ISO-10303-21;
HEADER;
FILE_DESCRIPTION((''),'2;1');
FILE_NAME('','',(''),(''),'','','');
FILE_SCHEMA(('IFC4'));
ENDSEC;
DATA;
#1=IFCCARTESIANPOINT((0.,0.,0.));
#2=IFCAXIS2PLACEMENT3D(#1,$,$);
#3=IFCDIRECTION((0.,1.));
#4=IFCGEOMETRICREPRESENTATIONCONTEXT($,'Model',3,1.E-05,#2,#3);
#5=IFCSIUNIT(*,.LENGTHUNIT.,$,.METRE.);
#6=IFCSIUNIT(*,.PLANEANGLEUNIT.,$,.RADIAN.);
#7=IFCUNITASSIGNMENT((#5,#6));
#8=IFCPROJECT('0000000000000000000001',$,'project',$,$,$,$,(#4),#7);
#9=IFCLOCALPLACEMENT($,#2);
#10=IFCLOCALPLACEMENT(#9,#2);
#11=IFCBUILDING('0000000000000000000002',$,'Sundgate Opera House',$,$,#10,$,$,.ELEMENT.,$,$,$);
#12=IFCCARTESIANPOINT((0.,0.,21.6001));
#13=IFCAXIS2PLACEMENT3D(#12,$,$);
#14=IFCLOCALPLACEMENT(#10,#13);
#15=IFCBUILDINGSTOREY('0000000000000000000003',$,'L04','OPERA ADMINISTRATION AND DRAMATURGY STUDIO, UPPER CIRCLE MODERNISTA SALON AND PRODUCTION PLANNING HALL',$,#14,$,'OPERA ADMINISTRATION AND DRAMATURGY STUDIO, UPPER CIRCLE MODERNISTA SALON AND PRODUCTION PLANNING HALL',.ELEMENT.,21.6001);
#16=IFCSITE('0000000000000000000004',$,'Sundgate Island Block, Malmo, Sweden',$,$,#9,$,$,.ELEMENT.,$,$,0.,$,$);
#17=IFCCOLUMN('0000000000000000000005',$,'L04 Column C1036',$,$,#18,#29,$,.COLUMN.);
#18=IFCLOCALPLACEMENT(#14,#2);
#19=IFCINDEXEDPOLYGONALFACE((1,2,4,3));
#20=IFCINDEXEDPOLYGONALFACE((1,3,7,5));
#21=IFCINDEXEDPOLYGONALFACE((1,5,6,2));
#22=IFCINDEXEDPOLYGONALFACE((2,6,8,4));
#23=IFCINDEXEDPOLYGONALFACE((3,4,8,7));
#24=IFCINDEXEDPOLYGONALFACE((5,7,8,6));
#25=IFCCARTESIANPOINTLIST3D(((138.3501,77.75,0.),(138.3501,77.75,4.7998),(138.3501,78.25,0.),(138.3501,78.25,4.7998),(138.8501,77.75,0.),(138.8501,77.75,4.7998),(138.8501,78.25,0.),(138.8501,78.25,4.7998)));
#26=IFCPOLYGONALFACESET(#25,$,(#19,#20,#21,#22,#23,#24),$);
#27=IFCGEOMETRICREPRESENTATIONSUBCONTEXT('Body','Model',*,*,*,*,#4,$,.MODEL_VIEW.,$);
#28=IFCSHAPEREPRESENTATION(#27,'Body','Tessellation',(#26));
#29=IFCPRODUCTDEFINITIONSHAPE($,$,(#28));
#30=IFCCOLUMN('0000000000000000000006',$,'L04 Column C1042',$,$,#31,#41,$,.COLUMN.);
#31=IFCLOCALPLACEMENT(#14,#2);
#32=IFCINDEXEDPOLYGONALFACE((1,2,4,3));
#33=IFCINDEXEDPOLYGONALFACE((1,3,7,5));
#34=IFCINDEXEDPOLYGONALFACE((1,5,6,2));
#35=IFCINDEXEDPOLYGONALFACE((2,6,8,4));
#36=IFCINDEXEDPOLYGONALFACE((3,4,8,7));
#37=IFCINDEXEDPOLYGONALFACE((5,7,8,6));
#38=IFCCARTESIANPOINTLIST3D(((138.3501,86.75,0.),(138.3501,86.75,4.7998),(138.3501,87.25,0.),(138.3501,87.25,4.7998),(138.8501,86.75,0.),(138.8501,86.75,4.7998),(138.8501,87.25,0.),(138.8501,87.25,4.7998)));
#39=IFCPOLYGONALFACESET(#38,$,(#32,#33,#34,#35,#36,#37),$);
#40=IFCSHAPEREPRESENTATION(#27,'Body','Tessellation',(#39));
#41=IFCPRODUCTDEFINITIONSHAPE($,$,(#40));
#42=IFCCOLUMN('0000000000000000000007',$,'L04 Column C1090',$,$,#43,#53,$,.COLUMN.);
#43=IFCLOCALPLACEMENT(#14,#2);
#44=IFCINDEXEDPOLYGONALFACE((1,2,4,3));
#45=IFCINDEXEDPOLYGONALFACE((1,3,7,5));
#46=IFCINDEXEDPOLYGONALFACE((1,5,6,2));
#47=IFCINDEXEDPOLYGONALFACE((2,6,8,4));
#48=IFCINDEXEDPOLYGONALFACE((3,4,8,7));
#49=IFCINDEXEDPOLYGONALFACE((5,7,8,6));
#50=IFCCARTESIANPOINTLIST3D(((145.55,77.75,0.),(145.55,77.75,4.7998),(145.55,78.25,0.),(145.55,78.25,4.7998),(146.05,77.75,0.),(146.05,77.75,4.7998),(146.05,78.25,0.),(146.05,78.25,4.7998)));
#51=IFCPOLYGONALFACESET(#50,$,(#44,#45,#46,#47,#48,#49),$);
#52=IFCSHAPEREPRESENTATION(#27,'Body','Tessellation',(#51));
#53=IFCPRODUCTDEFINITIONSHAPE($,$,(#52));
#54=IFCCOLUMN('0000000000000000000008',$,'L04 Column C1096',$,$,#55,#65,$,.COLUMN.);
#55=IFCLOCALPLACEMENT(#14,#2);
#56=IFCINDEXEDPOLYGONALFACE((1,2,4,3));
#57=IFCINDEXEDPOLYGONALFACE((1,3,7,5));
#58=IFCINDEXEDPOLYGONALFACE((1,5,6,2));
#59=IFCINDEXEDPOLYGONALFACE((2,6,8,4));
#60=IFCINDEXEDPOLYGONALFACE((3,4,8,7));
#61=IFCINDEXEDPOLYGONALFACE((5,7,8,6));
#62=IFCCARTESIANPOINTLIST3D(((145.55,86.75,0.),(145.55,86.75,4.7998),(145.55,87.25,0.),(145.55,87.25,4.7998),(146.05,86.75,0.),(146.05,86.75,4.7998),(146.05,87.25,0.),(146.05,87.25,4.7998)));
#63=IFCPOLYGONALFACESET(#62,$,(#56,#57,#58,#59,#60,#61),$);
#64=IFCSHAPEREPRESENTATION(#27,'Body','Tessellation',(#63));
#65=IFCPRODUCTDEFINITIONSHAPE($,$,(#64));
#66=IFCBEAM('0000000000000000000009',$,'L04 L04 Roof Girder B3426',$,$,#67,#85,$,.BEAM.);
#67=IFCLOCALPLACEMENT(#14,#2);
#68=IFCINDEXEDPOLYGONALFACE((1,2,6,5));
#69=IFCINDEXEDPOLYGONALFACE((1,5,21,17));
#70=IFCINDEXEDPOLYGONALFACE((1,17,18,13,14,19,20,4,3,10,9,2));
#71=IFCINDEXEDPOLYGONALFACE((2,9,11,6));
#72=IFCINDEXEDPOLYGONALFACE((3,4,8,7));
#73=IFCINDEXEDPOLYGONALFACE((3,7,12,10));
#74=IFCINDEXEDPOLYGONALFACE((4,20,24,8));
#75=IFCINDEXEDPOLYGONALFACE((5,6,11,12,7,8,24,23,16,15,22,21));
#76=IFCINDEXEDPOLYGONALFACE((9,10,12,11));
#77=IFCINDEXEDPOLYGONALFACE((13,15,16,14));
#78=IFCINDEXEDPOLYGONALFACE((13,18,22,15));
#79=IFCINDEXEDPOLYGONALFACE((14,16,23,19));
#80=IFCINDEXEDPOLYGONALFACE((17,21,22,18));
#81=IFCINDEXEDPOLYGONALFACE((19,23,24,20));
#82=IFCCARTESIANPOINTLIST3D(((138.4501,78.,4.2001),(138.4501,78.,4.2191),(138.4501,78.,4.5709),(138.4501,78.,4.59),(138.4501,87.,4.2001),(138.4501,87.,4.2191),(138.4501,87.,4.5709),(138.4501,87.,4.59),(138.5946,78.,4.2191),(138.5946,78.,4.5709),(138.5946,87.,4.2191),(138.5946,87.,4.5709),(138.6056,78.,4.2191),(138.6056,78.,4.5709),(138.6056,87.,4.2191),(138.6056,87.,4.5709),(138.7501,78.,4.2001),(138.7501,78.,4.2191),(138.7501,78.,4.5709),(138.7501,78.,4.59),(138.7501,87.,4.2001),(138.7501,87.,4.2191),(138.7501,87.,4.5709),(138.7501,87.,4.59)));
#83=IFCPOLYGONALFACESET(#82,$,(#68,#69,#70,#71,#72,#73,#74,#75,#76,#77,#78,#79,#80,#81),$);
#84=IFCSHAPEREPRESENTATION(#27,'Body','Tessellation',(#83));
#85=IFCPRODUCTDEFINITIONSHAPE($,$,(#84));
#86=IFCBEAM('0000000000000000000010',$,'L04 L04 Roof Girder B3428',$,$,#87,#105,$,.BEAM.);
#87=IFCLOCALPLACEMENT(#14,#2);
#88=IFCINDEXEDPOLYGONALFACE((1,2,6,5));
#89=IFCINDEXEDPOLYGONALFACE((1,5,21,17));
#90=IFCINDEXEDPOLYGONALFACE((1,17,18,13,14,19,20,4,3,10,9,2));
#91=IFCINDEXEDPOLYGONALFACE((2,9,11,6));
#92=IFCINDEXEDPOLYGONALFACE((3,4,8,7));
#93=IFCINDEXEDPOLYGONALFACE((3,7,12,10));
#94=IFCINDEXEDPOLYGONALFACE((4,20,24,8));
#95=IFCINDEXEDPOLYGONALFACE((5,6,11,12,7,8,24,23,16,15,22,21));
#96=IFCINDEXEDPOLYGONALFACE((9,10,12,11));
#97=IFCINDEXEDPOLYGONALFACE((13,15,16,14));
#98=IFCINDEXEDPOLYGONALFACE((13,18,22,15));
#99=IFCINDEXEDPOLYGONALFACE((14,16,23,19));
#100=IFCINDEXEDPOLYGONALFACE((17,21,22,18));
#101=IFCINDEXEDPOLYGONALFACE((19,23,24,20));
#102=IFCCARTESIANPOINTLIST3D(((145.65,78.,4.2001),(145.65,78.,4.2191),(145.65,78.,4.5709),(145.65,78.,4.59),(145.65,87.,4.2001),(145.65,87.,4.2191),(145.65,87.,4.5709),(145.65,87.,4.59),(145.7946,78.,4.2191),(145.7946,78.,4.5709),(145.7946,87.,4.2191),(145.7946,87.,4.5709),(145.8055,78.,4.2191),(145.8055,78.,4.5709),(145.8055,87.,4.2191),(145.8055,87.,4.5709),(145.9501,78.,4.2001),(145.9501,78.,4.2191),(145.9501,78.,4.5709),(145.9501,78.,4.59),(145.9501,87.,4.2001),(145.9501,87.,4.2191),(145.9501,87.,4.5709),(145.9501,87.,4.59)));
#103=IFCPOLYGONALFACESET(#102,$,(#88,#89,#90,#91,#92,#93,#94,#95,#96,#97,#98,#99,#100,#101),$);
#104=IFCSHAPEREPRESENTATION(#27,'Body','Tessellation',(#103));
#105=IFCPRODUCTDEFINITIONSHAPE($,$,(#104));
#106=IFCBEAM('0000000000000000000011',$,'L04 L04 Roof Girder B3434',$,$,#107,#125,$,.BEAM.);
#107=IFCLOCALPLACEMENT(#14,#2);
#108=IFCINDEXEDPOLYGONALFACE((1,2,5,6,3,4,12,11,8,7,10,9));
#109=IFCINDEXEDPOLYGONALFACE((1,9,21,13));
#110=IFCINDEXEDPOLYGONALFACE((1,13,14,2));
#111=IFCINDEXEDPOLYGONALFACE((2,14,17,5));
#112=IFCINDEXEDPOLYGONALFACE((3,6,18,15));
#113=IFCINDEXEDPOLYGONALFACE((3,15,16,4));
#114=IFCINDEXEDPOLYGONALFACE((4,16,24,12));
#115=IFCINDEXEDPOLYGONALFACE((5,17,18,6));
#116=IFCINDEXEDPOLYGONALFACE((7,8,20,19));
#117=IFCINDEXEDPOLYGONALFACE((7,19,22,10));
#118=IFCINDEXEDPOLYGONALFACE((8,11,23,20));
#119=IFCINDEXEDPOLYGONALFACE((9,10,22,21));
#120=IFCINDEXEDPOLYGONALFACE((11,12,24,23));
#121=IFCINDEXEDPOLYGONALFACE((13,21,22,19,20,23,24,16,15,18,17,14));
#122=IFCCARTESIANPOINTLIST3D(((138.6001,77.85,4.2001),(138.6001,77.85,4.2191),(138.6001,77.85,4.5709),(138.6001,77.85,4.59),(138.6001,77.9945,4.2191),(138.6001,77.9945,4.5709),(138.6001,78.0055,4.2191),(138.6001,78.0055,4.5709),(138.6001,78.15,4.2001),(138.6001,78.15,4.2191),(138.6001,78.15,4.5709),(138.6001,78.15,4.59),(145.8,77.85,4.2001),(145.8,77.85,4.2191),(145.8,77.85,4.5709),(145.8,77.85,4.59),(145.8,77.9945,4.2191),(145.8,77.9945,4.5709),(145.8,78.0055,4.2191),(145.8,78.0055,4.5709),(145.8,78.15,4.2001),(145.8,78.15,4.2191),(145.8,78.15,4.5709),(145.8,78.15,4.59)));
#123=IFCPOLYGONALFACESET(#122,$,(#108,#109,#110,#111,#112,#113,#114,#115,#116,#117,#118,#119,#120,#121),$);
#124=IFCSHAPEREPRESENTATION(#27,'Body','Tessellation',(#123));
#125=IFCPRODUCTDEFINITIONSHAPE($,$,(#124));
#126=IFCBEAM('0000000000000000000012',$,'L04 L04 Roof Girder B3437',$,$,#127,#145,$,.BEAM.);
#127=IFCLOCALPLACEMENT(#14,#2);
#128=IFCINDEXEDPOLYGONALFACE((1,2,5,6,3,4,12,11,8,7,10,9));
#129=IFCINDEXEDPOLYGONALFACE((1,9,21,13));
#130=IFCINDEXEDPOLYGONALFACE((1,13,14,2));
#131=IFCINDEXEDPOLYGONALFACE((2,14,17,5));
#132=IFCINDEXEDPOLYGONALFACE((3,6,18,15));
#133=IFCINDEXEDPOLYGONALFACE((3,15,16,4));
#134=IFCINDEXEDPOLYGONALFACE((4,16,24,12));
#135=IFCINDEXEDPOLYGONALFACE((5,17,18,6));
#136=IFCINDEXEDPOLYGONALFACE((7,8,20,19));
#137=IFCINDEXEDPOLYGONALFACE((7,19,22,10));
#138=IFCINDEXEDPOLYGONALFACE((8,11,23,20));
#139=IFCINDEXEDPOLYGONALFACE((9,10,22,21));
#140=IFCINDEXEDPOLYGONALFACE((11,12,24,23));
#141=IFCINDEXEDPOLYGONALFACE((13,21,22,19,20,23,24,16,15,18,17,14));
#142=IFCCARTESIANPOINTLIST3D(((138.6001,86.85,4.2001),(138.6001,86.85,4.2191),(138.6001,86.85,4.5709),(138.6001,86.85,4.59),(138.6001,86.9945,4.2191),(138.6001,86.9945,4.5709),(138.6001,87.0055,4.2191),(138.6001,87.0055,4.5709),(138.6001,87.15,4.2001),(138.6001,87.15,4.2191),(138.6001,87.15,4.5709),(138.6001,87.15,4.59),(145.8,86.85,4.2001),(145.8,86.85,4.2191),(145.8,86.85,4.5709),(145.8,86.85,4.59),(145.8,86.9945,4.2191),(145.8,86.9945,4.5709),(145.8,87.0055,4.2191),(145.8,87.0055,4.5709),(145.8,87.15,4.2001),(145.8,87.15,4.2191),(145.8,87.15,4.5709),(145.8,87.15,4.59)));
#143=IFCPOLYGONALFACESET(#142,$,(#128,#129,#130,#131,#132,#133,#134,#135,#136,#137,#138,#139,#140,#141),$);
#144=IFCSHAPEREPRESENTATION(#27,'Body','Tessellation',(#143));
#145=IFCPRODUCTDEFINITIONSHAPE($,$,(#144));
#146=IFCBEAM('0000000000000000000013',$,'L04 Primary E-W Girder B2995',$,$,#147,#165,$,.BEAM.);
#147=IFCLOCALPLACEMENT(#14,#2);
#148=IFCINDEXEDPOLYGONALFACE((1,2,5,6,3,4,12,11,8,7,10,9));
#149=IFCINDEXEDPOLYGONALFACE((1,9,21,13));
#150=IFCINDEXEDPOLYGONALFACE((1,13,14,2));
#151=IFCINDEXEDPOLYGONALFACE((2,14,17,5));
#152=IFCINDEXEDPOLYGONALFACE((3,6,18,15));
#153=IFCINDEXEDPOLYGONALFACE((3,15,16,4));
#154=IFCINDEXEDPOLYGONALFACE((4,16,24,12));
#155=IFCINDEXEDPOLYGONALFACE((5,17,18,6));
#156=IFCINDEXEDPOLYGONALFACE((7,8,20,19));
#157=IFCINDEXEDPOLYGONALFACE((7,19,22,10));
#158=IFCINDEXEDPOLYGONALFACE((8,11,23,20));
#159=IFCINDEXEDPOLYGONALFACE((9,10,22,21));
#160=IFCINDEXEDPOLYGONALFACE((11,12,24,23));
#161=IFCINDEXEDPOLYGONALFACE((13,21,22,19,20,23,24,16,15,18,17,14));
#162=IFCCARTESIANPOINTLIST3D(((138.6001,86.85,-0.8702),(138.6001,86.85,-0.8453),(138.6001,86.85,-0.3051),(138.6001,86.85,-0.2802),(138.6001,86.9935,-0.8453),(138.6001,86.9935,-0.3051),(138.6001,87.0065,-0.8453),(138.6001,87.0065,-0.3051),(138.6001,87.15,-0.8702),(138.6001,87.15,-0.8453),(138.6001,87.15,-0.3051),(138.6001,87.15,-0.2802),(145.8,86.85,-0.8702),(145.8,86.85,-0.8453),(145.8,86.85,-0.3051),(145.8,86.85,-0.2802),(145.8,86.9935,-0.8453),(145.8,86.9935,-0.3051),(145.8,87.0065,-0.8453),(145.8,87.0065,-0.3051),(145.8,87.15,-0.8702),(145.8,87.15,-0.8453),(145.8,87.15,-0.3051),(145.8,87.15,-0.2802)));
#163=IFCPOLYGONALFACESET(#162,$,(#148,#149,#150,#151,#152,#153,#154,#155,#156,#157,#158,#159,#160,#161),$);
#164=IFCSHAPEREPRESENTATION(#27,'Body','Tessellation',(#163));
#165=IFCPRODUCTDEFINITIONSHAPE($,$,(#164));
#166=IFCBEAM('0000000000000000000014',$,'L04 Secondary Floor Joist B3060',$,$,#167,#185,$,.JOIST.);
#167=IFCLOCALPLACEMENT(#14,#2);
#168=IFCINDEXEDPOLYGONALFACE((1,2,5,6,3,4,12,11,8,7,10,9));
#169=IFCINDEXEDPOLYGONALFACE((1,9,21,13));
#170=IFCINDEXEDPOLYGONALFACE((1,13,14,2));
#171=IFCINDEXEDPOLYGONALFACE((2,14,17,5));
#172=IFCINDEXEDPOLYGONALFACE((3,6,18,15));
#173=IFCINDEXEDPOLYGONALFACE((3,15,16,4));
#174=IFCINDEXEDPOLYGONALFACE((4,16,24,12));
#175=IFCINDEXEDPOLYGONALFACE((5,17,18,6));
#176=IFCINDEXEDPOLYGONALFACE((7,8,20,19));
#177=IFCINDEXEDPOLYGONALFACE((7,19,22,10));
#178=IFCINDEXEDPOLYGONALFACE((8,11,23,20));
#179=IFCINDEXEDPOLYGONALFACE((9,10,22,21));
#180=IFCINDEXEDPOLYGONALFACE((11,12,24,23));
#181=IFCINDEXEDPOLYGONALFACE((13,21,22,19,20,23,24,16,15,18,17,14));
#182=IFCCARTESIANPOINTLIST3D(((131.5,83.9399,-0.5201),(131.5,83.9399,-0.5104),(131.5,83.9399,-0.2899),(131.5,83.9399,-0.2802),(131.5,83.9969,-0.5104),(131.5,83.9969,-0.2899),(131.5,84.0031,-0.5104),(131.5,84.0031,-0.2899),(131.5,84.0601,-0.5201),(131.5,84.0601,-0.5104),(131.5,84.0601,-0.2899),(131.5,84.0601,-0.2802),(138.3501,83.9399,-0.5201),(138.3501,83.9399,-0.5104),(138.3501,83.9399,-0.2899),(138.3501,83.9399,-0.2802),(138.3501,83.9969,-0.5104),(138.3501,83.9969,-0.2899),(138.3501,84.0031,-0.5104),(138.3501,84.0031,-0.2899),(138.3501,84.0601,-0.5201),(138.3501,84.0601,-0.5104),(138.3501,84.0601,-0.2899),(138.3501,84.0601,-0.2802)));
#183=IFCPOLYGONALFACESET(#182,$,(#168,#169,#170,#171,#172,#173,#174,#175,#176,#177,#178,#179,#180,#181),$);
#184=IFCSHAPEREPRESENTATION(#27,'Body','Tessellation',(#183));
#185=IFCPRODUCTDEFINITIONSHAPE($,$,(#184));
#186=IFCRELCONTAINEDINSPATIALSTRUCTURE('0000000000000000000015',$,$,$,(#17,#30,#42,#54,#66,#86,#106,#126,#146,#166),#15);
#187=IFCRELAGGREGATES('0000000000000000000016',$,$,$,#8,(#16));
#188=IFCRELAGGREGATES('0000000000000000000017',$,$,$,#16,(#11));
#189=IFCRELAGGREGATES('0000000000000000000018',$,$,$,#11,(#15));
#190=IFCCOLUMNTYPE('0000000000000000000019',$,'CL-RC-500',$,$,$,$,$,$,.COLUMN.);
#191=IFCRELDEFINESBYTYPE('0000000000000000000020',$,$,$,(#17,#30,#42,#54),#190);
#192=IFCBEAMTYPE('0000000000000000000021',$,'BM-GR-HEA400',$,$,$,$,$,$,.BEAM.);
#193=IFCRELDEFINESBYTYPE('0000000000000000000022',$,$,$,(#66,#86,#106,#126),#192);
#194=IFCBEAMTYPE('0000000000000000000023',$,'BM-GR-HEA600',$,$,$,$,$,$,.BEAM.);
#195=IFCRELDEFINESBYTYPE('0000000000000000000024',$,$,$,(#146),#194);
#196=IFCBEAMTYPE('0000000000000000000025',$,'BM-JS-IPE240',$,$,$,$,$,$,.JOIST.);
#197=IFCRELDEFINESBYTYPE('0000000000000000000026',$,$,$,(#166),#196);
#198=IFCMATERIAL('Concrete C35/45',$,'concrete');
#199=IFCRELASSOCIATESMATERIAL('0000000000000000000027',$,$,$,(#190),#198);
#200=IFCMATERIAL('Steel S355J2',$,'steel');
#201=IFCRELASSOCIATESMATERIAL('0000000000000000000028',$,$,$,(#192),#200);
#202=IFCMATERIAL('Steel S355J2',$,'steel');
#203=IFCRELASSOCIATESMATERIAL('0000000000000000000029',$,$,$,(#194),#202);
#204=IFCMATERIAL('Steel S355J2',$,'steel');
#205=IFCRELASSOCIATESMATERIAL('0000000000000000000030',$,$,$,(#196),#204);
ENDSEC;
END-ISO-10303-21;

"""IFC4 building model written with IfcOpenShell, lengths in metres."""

from ifc_helpers import new_model, si_unit, direction, frame, origin, origin_2d, place, context, subcontext, project, spatial, rectangle, i_section, extrude, material, material_profile, profile_set, type_object, element, save


model = new_model("IFC4")

# Units and contexts
model_context = context("Model", 3, precision=1e-05, world=origin(), true_north=direction((0.0, 1.0)))
body_context = subcontext(model_context, "Body", "Model", "MODEL_VIEW")
ifc_project = project(units=[si_unit("LENGTHUNIT", "METRE"), si_unit("PLANEANGLEUNIT", "RADIAN")], contexts=[model_context])

# Site, building, storey
site_placement = place(None, origin())
site = spatial("IfcSite", under=ifc_project, at=site_placement, Name="Sundgate Island Block, Malmo, Sweden", CompositionType="ELEMENT", RefElevation=0.0)
building_placement = place(site_placement, origin())
building = spatial("IfcBuilding", under=site, at=building_placement, Name="Sundgate Opera House", CompositionType="ELEMENT")
storey_placement = place(building_placement, frame((0.0, 0.0, 21.6001)))
storey = spatial("IfcBuildingStorey", under=building, at=storey_placement, Name="L04", Description="OPERA ADMINISTRATION AND DRAMATURGY STUDIO, UPPER CIRCLE MODERNISTA SALON AND PRODUCTION PLANNING HALL", LongName="OPERA ADMINISTRATION AND DRAMATURGY STUDIO, UPPER CIRCLE MODERNISTA SALON AND PRODUCTION PLANNING HALL", CompositionType="ELEMENT", Elevation=21.6001)

# Columns
ifc_material_1 = material(Name="Concrete C35/45", Category="concrete")
ifc_material_profile_1 = material_profile(ifc_material_1, rectangle(XDim=0.5, YDim=0.5, at=origin_2d()), Name="RC 500x500")
ifc_profile_set_1 = profile_set([ifc_material_profile_1], Name="Concrete C35/45")
column_type = type_object("IfcColumnType", Name="CL-RC-500", PredefinedType="COLUMN", material=ifc_profile_set_1)
for number, where, z_axis, x_axis, name in (
    (1, (138.6001, 78.0, 0.0), (0.0, 0.0, 1.0), (1.0, 0.0, 0.0), "L04 Column C1036"),
    (2, (138.6001, 87.0, 0.0), (0.0, 0.0, 1.0), (1.0, 0.0, 0.0), "L04 Column C1042"),
    (3, (145.8, 78.0, 0.0), (0.0, 0.0, 1.0), (1.0, 0.0, 0.0), "L04 Column C1090"),
    (4, (145.8, 87.0, 0.0), (0.0, 0.0, 1.0), (1.0, 0.0, 0.0), "L04 Column C1096"),
):
    element("IfcColumn", number, at=place(storey_placement, frame(where, z_axis=z_axis, x_axis=x_axis)), inside=storey, type_object=column_type, Name=name, PredefinedType="COLUMN", context=body_context, shape_type="SweptSolid", body=[
        extrude(rectangle(XDim=0.5, YDim=0.5, at=origin_2d()), origin(), (0.0, 0.0, 1.0), 4.7998),
    ])

# Beams
ifc_material_2 = material(Name="Steel S355J2", Category="steel")
ifc_material_profile_2 = material_profile(ifc_material_2, i_section(OverallWidth=0.3, OverallDepth=0.3899, WebThickness=0.011, FlangeThickness=0.019, at=origin_2d()), Name="HEA 400")
ifc_profile_set_2 = profile_set([ifc_material_profile_2], Name="Steel S355J2")
beam_type_1 = type_object("IfcBeamType", Name="BM-GR-HEA400", PredefinedType="BEAM", material=ifc_profile_set_2)
for number, where, z_axis, x_axis, name in (
    (5, (138.6001, 78.0, 4.395), (0.0, 1.0, 0.0), (-1.0, 0.0, 0.0), "L04 L04 Roof Girder B3426"),
    (6, (145.8, 78.0, 4.395), (0.0, 1.0, 0.0), (-1.0, 0.0, 0.0), "L04 L04 Roof Girder B3428"),
):
    element("IfcBeam", number, at=place(storey_placement, frame(where, z_axis=z_axis, x_axis=x_axis)), inside=storey, type_object=beam_type_1, Name=name, PredefinedType="BEAM", context=body_context, shape_type="SweptSolid", body=[
        extrude(i_section(OverallWidth=0.3, OverallDepth=0.3899, WebThickness=0.011, FlangeThickness=0.019, at=origin_2d()), origin(), (0.0, 0.0, 1.0), 9.0),
    ])
for number, where, z_axis, x_axis, name in (
    (7, (138.6001, 78.0, 4.395), (1.0, 0.0, 0.0), (0.0, 1.0, 0.0), "L04 L04 Roof Girder B3434"),
    (8, (138.6001, 87.0, 4.395), (1.0, 0.0, 0.0), (0.0, 1.0, 0.0), "L04 L04 Roof Girder B3437"),
):
    element("IfcBeam", number, at=place(storey_placement, frame(where, z_axis=z_axis, x_axis=x_axis)), inside=storey, type_object=beam_type_1, Name=name, PredefinedType="BEAM", context=body_context, shape_type="SweptSolid", body=[
        extrude(i_section(OverallWidth=0.3, OverallDepth=0.3899, WebThickness=0.011, FlangeThickness=0.019, at=origin_2d()), origin(), (0.0, 0.0, 1.0), 7.2),
    ])
ifc_material_3 = material(Name="Steel S355J2", Category="steel")
ifc_material_profile_3 = material_profile(ifc_material_3, i_section(OverallWidth=0.3, OverallDepth=0.5901, WebThickness=0.0129, FlangeThickness=0.0249, at=origin_2d()), Name="HEA 600")
ifc_profile_set_3 = profile_set([ifc_material_profile_3], Name="Steel S355J2")
beam_type_2 = type_object("IfcBeamType", Name="BM-GR-HEA600", PredefinedType="BEAM", material=ifc_profile_set_3)
beam_1_placement = place(storey_placement, frame((138.6001, 87.0, -0.5752), z_axis=(1.0, 0.0, 0.0), x_axis=(0.0, 1.0, 0.0)))
element("IfcBeam", 9, at=beam_1_placement, inside=storey, type_object=beam_type_2, Name="L04 Primary E-W Girder B2995", PredefinedType="BEAM", context=body_context, shape_type="SweptSolid", body=[
    extrude(i_section(OverallWidth=0.3, OverallDepth=0.5901, WebThickness=0.0129, FlangeThickness=0.0249, at=origin_2d()), origin(), (0.0, 0.0, 1.0), 7.2),
])
ifc_material_4 = material(Name="Steel S355J2", Category="steel")
ifc_material_profile_4 = material_profile(ifc_material_4, i_section(OverallWidth=0.1201, OverallDepth=0.24, WebThickness=0.0061, FlangeThickness=0.0098, at=origin_2d()), Name="IPE 240")
ifc_profile_set_4 = profile_set([ifc_material_profile_4], Name="Steel S355J2")
beam_type_3 = type_object("IfcBeamType", Name="BM-JS-IPE240", PredefinedType="JOIST", material=ifc_profile_set_4)
beam_2_placement = place(storey_placement, frame((131.5, 84.0, -0.4001), z_axis=(1.0, 0.0, 0.0), x_axis=(0.0, 1.0, 0.0)))
element("IfcBeam", 10, at=beam_2_placement, inside=storey, type_object=beam_type_3, Name="L04 Secondary Floor Joist B3060", PredefinedType="JOIST", context=body_context, shape_type="SweptSolid", body=[
    extrude(i_section(OverallWidth=0.1201, OverallDepth=0.24, WebThickness=0.0061, FlangeThickness=0.0098, at=origin_2d()), origin(), (0.0, 0.0, 1.0), 6.8501),
])

save(model, "model.ifc")
